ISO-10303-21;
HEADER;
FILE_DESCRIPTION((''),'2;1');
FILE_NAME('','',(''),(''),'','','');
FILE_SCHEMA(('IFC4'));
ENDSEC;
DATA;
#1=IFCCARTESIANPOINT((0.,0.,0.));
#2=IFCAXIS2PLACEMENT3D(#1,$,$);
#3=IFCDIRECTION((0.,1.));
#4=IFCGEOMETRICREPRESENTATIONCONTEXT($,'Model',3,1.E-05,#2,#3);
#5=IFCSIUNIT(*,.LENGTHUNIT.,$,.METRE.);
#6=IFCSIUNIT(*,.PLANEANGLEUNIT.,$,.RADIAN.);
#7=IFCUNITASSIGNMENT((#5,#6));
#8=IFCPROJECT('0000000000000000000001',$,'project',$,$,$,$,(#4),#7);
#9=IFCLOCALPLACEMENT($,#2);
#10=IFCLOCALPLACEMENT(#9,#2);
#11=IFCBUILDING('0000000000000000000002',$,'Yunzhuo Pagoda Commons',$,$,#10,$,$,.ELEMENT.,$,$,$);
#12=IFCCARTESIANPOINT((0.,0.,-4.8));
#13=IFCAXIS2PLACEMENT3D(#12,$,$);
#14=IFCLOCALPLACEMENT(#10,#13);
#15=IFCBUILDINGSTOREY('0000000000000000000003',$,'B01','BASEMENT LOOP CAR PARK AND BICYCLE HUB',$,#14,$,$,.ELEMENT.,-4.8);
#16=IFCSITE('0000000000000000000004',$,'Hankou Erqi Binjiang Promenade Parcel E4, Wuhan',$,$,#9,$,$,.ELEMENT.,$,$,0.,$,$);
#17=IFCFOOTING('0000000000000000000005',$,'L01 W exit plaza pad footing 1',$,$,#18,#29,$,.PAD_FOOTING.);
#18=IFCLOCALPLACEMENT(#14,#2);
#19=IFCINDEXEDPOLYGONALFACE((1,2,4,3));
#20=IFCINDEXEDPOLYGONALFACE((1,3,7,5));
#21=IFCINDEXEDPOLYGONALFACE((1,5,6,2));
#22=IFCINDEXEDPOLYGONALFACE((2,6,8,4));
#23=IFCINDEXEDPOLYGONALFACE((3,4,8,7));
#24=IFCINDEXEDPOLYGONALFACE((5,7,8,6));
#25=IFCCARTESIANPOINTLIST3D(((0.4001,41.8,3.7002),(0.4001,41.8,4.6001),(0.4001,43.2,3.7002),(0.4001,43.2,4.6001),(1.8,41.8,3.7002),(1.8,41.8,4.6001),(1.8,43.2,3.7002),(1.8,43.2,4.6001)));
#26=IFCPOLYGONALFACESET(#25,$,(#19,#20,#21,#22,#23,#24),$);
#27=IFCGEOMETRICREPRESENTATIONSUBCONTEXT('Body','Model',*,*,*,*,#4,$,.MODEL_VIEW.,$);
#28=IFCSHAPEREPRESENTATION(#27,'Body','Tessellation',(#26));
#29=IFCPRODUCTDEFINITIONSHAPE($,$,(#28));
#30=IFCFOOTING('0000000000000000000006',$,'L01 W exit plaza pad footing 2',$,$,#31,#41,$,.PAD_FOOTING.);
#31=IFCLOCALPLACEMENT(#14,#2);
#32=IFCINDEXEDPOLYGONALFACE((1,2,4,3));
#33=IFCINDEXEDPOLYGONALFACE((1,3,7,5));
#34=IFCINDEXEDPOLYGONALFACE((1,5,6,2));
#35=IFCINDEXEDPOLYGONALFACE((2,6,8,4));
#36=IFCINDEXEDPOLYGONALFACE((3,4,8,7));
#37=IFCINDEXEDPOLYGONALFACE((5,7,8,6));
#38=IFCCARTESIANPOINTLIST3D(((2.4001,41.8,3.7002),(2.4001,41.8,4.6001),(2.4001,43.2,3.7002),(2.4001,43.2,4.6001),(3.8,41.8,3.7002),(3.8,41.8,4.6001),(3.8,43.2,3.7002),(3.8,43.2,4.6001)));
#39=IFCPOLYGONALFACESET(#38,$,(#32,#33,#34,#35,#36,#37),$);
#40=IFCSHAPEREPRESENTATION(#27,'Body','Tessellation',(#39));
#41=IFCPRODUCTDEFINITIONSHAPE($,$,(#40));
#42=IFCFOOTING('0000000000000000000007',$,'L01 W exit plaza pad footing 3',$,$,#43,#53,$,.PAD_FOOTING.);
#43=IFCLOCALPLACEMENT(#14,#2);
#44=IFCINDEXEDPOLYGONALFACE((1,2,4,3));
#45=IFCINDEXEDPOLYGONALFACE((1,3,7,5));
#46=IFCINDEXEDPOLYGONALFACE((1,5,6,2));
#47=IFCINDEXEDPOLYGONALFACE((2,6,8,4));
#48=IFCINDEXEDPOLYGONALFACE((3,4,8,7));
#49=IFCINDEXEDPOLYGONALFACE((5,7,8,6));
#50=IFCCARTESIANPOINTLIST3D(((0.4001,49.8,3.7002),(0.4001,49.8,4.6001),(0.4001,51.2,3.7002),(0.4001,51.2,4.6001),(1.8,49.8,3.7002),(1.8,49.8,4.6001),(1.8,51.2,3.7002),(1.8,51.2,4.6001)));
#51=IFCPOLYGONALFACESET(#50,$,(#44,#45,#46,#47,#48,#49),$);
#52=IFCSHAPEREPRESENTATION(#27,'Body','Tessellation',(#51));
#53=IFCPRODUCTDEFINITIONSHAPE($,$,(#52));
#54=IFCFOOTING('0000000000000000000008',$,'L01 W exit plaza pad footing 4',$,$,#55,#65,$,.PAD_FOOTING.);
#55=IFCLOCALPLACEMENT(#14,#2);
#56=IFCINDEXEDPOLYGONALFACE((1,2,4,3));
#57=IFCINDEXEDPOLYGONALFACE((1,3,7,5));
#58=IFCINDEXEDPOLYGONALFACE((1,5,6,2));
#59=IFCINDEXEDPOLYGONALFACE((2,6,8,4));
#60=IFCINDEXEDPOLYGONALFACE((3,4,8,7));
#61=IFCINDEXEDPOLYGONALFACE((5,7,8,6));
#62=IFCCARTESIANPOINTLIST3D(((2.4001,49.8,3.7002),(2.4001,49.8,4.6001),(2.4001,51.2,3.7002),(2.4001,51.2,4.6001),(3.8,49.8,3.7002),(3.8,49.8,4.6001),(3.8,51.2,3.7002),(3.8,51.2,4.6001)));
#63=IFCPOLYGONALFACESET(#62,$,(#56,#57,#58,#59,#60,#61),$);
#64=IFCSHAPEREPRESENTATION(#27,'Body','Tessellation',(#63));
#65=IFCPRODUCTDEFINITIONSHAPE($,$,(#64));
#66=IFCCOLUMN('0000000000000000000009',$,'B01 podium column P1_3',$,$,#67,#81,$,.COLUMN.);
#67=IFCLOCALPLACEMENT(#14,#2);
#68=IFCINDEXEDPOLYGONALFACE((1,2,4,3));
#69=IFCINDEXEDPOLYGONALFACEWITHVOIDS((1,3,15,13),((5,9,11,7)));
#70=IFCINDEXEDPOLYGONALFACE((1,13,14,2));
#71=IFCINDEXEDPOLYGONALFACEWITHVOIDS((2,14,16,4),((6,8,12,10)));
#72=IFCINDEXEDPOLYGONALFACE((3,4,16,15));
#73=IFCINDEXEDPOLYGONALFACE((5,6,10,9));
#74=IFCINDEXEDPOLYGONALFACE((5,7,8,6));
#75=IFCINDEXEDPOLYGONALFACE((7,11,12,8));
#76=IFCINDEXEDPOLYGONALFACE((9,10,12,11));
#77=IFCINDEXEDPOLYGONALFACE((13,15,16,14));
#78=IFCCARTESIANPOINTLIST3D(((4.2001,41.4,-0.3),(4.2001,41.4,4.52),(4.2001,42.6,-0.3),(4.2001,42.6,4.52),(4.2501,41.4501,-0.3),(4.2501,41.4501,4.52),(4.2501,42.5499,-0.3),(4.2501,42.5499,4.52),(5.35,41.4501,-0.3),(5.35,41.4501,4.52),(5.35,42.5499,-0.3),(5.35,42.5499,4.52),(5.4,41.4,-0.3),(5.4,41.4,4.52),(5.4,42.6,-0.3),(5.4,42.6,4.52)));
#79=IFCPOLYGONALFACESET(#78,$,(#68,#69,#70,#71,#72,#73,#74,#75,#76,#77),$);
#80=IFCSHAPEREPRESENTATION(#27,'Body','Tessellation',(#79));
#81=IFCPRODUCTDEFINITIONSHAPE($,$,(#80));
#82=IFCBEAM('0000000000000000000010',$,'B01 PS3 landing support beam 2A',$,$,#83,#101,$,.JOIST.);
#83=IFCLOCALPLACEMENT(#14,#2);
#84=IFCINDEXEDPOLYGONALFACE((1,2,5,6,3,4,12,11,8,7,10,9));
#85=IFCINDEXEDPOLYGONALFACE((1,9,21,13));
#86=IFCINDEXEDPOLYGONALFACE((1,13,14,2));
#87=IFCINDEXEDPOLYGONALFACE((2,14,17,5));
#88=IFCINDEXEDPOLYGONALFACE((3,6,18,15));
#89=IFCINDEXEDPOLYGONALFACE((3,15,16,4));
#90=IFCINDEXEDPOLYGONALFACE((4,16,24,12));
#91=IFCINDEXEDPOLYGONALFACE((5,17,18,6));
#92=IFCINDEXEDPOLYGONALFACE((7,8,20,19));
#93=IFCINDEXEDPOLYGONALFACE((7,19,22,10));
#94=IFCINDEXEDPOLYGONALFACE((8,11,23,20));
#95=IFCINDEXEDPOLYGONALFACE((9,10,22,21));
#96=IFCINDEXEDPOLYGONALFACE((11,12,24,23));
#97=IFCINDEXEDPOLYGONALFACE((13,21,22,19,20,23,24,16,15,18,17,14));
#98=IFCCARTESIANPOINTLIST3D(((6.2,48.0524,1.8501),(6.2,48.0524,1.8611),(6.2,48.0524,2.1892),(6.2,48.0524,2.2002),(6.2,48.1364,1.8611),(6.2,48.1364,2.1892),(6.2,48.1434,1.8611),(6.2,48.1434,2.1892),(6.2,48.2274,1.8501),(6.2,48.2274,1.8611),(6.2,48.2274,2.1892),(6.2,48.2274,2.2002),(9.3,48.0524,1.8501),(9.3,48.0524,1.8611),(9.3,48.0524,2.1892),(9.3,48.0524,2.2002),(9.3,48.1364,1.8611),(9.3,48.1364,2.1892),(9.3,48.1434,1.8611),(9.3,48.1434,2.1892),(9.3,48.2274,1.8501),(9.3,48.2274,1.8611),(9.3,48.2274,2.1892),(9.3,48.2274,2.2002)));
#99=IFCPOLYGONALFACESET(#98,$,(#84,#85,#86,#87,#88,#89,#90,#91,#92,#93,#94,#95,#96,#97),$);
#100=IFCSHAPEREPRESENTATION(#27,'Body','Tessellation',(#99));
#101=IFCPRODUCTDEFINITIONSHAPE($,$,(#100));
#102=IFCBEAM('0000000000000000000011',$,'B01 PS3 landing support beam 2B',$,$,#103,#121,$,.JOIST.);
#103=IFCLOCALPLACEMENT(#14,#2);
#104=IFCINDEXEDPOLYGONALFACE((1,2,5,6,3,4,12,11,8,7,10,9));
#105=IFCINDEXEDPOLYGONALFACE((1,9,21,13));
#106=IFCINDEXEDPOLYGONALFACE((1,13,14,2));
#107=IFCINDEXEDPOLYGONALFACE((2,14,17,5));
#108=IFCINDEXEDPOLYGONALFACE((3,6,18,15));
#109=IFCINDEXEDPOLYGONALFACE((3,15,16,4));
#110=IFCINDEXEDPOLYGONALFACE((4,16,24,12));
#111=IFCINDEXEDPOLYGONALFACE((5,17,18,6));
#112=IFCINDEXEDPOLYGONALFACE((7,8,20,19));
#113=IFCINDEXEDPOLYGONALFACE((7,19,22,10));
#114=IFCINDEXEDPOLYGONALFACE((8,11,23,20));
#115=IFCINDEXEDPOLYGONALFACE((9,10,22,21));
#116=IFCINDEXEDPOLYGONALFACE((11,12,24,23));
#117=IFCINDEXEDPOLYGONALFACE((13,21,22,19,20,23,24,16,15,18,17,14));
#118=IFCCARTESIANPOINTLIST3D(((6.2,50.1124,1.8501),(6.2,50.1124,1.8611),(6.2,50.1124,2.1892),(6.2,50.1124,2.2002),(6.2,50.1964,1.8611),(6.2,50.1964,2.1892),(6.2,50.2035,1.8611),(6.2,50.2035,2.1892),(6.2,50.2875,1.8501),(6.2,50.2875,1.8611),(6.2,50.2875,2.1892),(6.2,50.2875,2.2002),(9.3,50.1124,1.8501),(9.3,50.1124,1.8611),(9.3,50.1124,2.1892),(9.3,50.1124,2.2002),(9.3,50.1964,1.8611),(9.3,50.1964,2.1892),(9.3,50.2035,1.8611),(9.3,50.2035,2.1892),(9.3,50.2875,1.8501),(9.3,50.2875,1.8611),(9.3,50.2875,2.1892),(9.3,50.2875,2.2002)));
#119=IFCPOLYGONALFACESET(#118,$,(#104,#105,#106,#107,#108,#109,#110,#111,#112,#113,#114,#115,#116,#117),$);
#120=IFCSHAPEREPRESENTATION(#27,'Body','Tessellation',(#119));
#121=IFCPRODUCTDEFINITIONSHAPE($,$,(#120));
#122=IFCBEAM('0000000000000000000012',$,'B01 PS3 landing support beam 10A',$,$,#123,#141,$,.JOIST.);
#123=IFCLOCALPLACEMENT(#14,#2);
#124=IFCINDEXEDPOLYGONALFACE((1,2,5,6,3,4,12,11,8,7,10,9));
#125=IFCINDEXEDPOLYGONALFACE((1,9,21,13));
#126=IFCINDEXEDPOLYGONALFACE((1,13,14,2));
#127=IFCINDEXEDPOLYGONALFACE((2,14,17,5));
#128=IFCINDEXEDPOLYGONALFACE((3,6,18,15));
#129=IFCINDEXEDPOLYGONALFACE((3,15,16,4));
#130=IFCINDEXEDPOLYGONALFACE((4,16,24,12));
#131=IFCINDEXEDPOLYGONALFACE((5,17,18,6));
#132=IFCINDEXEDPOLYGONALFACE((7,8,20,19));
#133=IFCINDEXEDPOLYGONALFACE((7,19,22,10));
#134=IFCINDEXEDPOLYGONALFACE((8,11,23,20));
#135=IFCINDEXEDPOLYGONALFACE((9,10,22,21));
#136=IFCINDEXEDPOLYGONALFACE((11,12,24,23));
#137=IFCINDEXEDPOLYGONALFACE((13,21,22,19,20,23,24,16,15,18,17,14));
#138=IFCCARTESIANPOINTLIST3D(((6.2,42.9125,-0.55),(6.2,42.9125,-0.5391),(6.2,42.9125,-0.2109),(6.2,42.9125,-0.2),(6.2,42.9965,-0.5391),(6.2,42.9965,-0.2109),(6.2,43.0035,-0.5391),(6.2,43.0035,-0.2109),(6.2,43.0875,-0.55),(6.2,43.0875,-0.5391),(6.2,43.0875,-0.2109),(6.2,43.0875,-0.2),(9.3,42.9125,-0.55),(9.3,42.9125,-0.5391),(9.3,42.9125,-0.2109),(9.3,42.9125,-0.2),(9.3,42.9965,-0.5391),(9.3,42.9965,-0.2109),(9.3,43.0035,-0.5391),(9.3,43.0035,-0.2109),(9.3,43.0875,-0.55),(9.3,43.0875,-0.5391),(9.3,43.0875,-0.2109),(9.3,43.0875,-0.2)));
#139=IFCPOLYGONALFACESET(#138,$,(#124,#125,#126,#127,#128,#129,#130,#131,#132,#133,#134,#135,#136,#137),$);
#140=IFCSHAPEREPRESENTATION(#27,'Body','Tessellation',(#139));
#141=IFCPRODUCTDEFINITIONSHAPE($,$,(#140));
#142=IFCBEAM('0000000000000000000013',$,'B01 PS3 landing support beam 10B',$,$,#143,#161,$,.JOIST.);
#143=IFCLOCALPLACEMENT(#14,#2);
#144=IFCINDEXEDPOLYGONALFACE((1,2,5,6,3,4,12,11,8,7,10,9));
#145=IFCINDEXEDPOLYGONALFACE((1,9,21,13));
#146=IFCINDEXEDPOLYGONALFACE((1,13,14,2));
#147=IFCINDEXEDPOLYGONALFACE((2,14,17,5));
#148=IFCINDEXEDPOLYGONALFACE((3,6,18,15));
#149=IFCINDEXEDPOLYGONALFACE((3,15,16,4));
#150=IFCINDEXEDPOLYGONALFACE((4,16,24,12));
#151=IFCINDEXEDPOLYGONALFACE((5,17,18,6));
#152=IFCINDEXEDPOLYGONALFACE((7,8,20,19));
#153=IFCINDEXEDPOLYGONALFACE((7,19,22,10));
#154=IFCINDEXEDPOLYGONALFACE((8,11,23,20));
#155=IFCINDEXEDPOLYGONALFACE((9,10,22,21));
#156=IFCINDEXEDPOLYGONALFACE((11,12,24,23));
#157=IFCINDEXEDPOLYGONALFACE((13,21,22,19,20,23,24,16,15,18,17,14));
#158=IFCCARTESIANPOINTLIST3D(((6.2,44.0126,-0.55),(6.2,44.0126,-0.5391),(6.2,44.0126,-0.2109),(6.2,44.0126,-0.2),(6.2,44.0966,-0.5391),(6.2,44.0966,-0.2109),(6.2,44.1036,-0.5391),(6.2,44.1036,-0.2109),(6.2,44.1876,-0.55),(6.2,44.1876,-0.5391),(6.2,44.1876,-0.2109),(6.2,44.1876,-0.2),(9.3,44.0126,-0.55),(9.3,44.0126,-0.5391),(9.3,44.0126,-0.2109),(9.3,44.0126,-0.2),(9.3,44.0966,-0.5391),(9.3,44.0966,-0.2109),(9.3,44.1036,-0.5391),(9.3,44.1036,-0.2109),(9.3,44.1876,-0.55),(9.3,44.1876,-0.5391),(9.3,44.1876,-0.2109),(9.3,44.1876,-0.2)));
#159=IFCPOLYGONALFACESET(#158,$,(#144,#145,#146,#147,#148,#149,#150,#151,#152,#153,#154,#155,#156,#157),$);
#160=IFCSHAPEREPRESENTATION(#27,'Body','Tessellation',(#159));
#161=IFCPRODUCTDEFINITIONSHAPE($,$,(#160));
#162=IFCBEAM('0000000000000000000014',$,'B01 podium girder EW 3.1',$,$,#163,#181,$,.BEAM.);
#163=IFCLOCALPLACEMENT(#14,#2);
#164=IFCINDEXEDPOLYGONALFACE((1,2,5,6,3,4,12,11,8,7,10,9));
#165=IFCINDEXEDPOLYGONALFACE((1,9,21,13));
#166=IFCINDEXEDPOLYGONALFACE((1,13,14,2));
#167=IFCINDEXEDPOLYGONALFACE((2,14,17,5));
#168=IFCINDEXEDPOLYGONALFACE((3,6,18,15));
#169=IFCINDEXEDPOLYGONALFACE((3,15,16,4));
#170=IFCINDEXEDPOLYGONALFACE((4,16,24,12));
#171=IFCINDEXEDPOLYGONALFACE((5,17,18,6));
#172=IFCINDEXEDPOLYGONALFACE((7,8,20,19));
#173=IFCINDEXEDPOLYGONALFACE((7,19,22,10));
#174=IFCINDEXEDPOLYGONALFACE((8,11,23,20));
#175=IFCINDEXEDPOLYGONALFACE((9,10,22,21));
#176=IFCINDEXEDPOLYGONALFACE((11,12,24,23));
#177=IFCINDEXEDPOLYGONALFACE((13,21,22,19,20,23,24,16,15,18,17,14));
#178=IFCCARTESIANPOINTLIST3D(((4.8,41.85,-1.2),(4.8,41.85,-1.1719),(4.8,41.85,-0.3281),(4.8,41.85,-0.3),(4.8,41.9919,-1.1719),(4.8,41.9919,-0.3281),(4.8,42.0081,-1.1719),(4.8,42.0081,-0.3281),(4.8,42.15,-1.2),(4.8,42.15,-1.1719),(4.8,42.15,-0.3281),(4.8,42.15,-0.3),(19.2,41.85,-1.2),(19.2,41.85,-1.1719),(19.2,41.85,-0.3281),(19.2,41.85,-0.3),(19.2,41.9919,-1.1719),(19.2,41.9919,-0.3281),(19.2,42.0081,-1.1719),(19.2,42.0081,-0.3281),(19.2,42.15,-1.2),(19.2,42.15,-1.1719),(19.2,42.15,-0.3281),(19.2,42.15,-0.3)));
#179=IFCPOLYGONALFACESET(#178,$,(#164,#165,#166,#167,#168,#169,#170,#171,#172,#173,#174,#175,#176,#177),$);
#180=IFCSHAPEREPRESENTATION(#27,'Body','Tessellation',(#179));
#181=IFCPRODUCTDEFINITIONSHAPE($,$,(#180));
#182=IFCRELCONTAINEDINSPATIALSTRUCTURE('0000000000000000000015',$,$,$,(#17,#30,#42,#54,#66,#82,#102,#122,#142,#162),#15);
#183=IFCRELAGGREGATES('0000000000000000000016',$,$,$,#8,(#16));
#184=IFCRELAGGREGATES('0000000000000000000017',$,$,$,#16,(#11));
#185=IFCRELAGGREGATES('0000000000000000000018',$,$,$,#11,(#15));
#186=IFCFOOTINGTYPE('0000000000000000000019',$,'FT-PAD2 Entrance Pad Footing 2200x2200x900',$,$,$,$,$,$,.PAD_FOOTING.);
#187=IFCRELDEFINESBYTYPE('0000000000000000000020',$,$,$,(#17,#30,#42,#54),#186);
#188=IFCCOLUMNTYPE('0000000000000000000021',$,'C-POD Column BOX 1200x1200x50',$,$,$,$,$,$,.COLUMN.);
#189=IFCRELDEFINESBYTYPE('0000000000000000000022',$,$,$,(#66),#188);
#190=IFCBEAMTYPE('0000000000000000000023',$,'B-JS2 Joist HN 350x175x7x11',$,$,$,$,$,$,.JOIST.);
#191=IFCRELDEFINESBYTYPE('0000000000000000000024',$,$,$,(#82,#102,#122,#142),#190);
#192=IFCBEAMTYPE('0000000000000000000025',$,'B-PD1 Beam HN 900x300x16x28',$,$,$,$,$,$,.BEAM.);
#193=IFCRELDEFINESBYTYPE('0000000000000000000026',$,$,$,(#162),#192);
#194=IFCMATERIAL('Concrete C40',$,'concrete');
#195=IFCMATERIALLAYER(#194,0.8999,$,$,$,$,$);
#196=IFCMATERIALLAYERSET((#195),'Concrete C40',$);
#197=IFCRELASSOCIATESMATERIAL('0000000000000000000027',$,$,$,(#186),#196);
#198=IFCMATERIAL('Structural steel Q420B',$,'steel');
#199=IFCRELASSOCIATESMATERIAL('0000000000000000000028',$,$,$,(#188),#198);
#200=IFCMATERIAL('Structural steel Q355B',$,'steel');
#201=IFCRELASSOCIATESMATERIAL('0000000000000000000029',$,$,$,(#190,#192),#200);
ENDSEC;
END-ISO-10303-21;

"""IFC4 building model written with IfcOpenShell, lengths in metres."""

from ifc_helpers import new_model, si_unit, direction, frame, origin, origin_2d, place, context, subcontext, project, spatial, rectangle, hollow_rectangle, i_section, extrude, source, transform, mapped, material, layer, layer_set, material_profile, profile_set, type_object, element, save


model = new_model("IFC4")

# Units and contexts
model_context = context("Model", 3, precision=1e-05, world=origin(), true_north=direction((0.0, 1.0)))
body_context = subcontext(model_context, "Body", "Model", "MODEL_VIEW")
ifc_project = project(units=[si_unit("LENGTHUNIT", "METRE"), si_unit("PLANEANGLEUNIT", "RADIAN")], contexts=[model_context])

# Site, building, storey
site_placement = place(None, origin())
site = spatial("IfcSite", under=ifc_project, at=site_placement, Name="Hankou Erqi Binjiang Promenade Parcel E4, Wuhan", CompositionType="ELEMENT", RefElevation=0.0)
building_placement = place(site_placement, origin())
building = spatial("IfcBuilding", under=site, at=building_placement, Name="Yunzhuo Pagoda Commons", CompositionType="ELEMENT")
storey_placement = place(building_placement, frame((0.0, 0.0, -4.8)))
storey = spatial("IfcBuildingStorey", under=building, at=storey_placement, Name="B01", Description="BASEMENT LOOP CAR PARK AND BICYCLE HUB", CompositionType="ELEMENT", Elevation=-4.8)

# Footings
ifc_material_1 = material(Name="Concrete C40", Category="concrete")
ifc_layer_1 = layer(ifc_material_1, 0.8999)
ifc_layer_set_1 = layer_set([ifc_layer_1], Name="Concrete C40")
footing_type = type_object("IfcFootingType", Name="FT-PAD2 Entrance Pad Footing 2200x2200x900", PredefinedType="PAD_FOOTING", material=ifc_layer_set_1)
shared_shape_1 = source(origin(), body_context, "Body", "SweptSolid", [
    extrude(rectangle(XDim=1.3999, YDim=1.3999, at=origin_2d()), origin(), (0.0, 0.0, 1.0), 0.8999),
])
for number, where, z_axis, x_axis, name in (
    (1, (1.1001, 42.5, 3.7002), (0.0, 0.0, 1.0), (1.0, 0.0, 0.0), "L01 W exit plaza pad footing 1"),
    (2, (3.1001, 42.5, 3.7002), (0.0, 0.0, 1.0), (1.0, 0.0, 0.0), "L01 W exit plaza pad footing 2"),
    (3, (1.1001, 50.5, 3.7002), (0.0, 0.0, 1.0), (1.0, 0.0, 0.0), "L01 W exit plaza pad footing 3"),
    (4, (3.1001, 50.5, 3.7002), (0.0, 0.0, 1.0), (1.0, 0.0, 0.0), "L01 W exit plaza pad footing 4"),
):
    element("IfcFooting", number, at=place(storey_placement, frame(where, z_axis=z_axis, x_axis=x_axis)), inside=storey, type_object=footing_type, Name=name, PredefinedType="PAD_FOOTING", context=body_context, shape_type="MappedRepresentation", body=[
        mapped(shared_shape_1, transform((0.0, 0.0, 0.0), scale=1.0)),
    ])

# Column
ifc_material_2 = material(Name="Structural steel Q420B", Category="steel")
ifc_material_profile_1 = material_profile(ifc_material_2, hollow_rectangle(XDim=1.2, YDim=1.2, WallThickness=0.05, at=origin_2d()), Name="Structural steel Q420B")
ifc_profile_set_1 = profile_set([ifc_material_profile_1], Name="Structural steel Q420B")
column_type = type_object("IfcColumnType", Name="C-POD Column BOX 1200x1200x50", PredefinedType="COLUMN", material=ifc_profile_set_1)
shared_shape_2 = source(origin(), body_context, "Body", "SweptSolid", [
    extrude(hollow_rectangle(XDim=1.2, YDim=1.2, WallThickness=0.05, at=origin_2d()), origin(), (0.0, 0.0, 1.0), 4.8201),
])
column_placement = place(storey_placement, frame((4.8, 42.0, -0.3), z_axis=(0.0, 0.0, 1.0), x_axis=(1.0, 0.0, 0.0)))
element("IfcColumn", 5, at=column_placement, inside=storey, type_object=column_type, Name="B01 podium column P1_3", PredefinedType="COLUMN", context=body_context, shape_type="MappedRepresentation", body=[
    mapped(shared_shape_2, transform((0.0, 0.0, 0.0), scale=1.0)),
])

# Beams
ifc_material_3 = material(Name="Structural steel Q355B", Category="steel")
ifc_material_profile_2 = material_profile(ifc_material_3, i_section(OverallWidth=0.175, OverallDepth=0.3501, WebThickness=0.0071, FlangeThickness=0.011, at=origin_2d()), Name="Structural steel Q355B")
ifc_profile_set_2 = profile_set([ifc_material_profile_2], Name="Structural steel Q355B")
beam_type_1 = type_object("IfcBeamType", Name="B-JS2 Joist HN 350x175x7x11", PredefinedType="JOIST", material=ifc_profile_set_2)
shared_shape_3 = source(origin(), body_context, "Body", "SweptSolid", [
    extrude(i_section(OverallWidth=0.175, OverallDepth=0.3501, WebThickness=0.0071, FlangeThickness=0.011, at=origin_2d()), origin(), (0.0, 0.0, 1.0), 3.1001),
])
for number, where, z_axis, x_axis, name in (
    (6, (6.2, 48.1399, 2.0251), (1.0, 0.0, 0.0), (0.0, 1.0, 0.0), "B01 PS3 landing support beam 2A"),
    (7, (6.2, 50.2, 2.0251), (1.0, 0.0, 0.0), (0.0, 1.0, 0.0), "B01 PS3 landing support beam 2B"),
    (8, (6.2, 43.0, -0.375), (1.0, 0.0, 0.0), (0.0, 1.0, 0.0), "B01 PS3 landing support beam 10A"),
    (9, (6.2, 44.1001, -0.375), (1.0, 0.0, 0.0), (0.0, 1.0, 0.0), "B01 PS3 landing support beam 10B"),
):
    element("IfcBeam", number, at=place(storey_placement, frame(where, z_axis=z_axis, x_axis=x_axis)), inside=storey, type_object=beam_type_1, Name=name, PredefinedType="JOIST", context=body_context, shape_type="MappedRepresentation", body=[
        mapped(shared_shape_3, transform((0.0, 0.0, 0.0), scale=1.0)),
    ])
ifc_material_profile_3 = material_profile(ifc_material_3, i_section(OverallWidth=0.3, OverallDepth=0.8999, WebThickness=0.0161, FlangeThickness=0.0281, at=origin_2d()), Name="Structural steel Q355B")
ifc_profile_set_3 = profile_set([ifc_material_profile_3], Name="Structural steel Q355B")
beam_type_2 = type_object("IfcBeamType", Name="B-PD1 Beam HN 900x300x16x28", PredefinedType="BEAM", material=ifc_profile_set_3)
shared_shape_4 = source(origin(), body_context, "Body", "SweptSolid", [
    extrude(i_section(OverallWidth=0.3, OverallDepth=0.8999, WebThickness=0.0161, FlangeThickness=0.0281, at=origin_2d()), origin(), (0.0, 0.0, 1.0), 14.3999),
])
beam_1_placement = place(storey_placement, frame((4.8, 42.0, -0.75), z_axis=(1.0, 0.0, 0.0), x_axis=(0.0, 1.0, 0.0)))
element("IfcBeam", 10, at=beam_1_placement, inside=storey, type_object=beam_type_2, Name="B01 podium girder EW 3.1", PredefinedType="BEAM", context=body_context, shape_type="MappedRepresentation", body=[
    mapped(shared_shape_4, transform((0.0, 0.0, 0.0), scale=1.0)),
])

save(model, "model.ifc")
